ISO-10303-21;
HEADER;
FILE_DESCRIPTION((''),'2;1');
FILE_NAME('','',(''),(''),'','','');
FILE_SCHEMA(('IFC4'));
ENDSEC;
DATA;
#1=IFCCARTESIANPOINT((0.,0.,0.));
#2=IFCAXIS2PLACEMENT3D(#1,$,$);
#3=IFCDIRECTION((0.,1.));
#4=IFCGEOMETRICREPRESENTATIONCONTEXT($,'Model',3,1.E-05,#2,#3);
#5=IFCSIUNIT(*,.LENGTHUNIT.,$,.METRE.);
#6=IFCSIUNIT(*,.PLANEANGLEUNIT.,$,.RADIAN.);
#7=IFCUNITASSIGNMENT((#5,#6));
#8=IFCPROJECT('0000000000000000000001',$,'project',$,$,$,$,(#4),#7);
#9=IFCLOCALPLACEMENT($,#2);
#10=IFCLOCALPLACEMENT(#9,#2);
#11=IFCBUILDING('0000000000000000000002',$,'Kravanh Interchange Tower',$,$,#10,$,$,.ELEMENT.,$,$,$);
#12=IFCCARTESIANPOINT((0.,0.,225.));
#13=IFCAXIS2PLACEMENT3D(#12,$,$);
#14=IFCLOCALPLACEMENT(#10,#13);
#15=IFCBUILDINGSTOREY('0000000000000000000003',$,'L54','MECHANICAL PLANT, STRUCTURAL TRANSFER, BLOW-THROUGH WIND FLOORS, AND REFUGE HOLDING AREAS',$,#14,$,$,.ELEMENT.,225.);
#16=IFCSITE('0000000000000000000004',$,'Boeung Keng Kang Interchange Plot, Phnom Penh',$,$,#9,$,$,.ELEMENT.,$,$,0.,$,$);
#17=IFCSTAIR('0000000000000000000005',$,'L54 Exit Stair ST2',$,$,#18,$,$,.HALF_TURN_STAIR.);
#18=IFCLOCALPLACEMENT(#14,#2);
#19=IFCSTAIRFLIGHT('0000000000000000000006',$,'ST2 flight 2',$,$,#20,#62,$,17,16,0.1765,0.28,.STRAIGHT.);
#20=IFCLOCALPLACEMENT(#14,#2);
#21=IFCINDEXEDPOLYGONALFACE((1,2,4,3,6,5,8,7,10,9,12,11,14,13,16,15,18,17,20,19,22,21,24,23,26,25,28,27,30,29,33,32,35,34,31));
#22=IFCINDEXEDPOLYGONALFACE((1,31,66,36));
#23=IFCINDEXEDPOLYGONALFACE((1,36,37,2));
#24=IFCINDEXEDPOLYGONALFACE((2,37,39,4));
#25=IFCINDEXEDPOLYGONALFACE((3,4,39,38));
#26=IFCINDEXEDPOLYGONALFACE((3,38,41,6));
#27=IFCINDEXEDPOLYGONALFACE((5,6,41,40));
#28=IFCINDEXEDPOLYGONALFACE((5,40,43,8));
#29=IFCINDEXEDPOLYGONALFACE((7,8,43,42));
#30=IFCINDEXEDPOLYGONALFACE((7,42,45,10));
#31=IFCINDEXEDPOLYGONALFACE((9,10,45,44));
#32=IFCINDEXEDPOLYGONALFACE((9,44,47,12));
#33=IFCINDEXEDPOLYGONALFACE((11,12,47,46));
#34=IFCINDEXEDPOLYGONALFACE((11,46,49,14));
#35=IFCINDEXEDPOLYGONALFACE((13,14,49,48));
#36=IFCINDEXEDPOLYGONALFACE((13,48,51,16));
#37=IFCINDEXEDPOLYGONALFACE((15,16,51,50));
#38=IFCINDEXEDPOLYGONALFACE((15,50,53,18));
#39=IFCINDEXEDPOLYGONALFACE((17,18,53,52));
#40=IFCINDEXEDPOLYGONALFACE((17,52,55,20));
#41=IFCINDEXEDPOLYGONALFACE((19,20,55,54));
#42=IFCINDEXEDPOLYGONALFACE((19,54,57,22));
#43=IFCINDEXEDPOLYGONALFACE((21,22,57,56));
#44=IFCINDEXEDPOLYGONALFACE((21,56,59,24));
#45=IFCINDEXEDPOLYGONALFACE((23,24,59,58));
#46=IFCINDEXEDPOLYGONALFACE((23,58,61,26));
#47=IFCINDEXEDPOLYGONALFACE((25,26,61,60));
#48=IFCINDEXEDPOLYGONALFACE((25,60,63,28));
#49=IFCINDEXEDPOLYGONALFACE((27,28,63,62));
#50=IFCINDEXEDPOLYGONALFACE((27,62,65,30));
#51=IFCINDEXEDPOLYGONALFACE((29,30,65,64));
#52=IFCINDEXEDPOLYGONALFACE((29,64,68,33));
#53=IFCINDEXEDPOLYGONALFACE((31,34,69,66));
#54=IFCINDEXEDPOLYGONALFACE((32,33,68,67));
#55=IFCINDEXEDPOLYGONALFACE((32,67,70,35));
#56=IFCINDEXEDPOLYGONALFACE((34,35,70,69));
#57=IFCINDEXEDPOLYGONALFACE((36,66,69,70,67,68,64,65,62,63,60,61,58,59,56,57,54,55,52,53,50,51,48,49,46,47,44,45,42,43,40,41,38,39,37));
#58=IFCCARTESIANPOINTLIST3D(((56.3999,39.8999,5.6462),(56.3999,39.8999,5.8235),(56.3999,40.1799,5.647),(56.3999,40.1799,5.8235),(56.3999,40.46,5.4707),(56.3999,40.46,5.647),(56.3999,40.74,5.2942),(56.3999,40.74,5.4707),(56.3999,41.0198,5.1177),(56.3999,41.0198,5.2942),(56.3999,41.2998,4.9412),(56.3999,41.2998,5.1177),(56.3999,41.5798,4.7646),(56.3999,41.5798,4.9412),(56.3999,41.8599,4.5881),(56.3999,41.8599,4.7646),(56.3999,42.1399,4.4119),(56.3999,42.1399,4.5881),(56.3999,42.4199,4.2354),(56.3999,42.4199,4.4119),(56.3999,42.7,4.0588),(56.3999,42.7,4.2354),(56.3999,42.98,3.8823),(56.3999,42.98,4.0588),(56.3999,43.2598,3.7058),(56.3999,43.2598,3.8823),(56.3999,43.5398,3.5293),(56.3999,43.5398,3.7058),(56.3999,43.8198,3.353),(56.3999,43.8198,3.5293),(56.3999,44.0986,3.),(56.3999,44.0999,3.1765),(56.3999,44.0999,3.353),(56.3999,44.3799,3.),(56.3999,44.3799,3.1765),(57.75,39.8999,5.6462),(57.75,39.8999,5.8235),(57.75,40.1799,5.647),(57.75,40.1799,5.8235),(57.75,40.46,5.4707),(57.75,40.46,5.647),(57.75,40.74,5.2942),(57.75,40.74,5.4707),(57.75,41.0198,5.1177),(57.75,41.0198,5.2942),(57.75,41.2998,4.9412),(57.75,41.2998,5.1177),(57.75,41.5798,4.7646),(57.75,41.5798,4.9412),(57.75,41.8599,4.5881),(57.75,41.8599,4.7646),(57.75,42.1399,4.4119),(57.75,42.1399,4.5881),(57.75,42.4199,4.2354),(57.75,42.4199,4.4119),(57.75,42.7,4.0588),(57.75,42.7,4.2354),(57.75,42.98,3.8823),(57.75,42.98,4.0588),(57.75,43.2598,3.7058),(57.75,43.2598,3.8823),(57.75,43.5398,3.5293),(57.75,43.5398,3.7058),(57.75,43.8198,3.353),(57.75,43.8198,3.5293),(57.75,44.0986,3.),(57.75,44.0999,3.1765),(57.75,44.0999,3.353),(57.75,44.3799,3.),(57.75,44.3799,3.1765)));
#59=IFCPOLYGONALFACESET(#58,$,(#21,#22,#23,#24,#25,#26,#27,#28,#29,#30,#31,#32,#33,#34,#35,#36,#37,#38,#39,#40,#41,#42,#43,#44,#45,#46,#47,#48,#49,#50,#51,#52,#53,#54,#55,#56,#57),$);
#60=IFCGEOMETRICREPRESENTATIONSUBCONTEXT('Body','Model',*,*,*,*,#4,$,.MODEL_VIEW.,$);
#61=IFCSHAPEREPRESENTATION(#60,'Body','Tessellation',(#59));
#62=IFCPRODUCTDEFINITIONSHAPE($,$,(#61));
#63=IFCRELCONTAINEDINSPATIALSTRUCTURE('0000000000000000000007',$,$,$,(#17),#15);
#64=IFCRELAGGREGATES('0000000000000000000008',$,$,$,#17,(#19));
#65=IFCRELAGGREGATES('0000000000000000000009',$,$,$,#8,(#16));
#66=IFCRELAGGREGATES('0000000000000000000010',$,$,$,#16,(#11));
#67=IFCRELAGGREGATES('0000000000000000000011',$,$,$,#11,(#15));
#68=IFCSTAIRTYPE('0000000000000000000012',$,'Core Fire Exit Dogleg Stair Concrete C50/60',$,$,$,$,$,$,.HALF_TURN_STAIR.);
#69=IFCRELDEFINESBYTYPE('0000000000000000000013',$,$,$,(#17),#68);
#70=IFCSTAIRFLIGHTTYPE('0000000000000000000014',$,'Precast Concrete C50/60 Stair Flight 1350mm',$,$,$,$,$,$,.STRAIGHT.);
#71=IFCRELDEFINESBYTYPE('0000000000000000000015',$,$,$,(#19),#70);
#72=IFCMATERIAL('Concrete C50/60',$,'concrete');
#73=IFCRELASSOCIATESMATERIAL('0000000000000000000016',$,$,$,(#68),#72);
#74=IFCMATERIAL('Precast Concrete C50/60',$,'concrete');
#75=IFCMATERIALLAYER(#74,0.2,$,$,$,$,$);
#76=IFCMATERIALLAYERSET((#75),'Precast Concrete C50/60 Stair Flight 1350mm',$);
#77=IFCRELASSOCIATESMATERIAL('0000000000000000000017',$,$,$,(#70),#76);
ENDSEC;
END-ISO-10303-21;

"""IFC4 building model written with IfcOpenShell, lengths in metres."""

from ifc_helpers import new_model, si_unit, direction, frame, origin, place, context, subcontext, project, spatial, polyline, outline, extrude, material, layer, layer_set, type_object, element, aggregate, save


model = new_model("IFC4")

# Units and contexts
model_context = context("Model", 3, precision=1e-05, world=origin(), true_north=direction((0.0, 1.0)))
body_context = subcontext(model_context, "Body", "Model", "MODEL_VIEW")
ifc_project = project(units=[si_unit("LENGTHUNIT", "METRE"), si_unit("PLANEANGLEUNIT", "RADIAN")], contexts=[model_context])

# Site, building, storey
site_placement = place(None, origin())
site = spatial("IfcSite", under=ifc_project, at=site_placement, Name="Boeung Keng Kang Interchange Plot, Phnom Penh", CompositionType="ELEMENT", RefElevation=0.0)
building_placement = place(site_placement, origin())
building = spatial("IfcBuilding", under=site, at=building_placement, Name="Kravanh Interchange Tower", CompositionType="ELEMENT")
storey_placement = place(building_placement, frame((0.0, 0.0, 225.0)))
storey = spatial("IfcBuildingStorey", under=building, at=storey_placement, Name="L54", Description="MECHANICAL PLANT, STRUCTURAL TRANSFER, BLOW-THROUGH WIND FLOORS, AND REFUGE HOLDING AREAS", CompositionType="ELEMENT", Elevation=225.0)

# Stair, stair flight
ifc_material_1 = material(Name="Concrete C50/60", Category="concrete")
stair_type = type_object("IfcStairType", Name="Core Fire Exit Dogleg Stair Concrete C50/60", PredefinedType="HALF_TURN_STAIR", material=ifc_material_1)
ifc_material_2 = material(Name="Precast Concrete C50/60", Category="concrete")
ifc_layer_1 = layer(ifc_material_2, 0.2)
ifc_layer_set_1 = layer_set([ifc_layer_1], Name="Precast Concrete C50/60 Stair Flight 1350mm")
stair_flight_type = type_object("IfcStairFlightType", Name="Precast Concrete C50/60 Stair Flight 1350mm", PredefinedType="STRAIGHT", material=ifc_layer_set_1)
stair_1_placement = place(storey_placement, origin())
stair_1 = element("IfcStair", 1, at=stair_1_placement, inside=storey, type_object=stair_type, Name="L54 Exit Stair ST2", PredefinedType="HALF_TURN_STAIR")
stair_flight_1_placement = place(storey_placement, frame((57.075, 44.3799, 3.0), z_axis=(0.0, 0.0, 1.0), x_axis=(0.0, -1.0, 0.0)))
stair_flight_1 = element("IfcStairFlight", 2, at=stair_flight_1_placement, type_object=stair_flight_type, Name="ST2 flight 2", NumberOfRisers=17, NumberOfTreads=16, PredefinedType="STRAIGHT", RiserHeight=0.1765, TreadLength=0.28, context=body_context, shape_type="SweptSolid", body=[
    extrude(outline(polyline([(0.0, 0.0), (0.0, 0.1765), (0.28, 0.1765), (0.28, 0.353), (0.5601, 0.353), (0.5601, 0.5293), (0.8401, 0.5293), (0.8401, 0.7058), (1.1201, 0.7058), (1.1201, 0.8823), (1.3999, 0.8823), (1.3999, 1.0588), (1.6799, 1.0588), (1.6799, 1.2354), (1.96, 1.2354), (1.96, 1.4119), (2.24, 1.4119), (2.24, 1.5881), (2.52, 1.5881), (2.52, 1.7646), (2.8, 1.7646), (2.8, 1.9412), (3.0801, 1.9412), (3.0801, 2.1177), (3.3601, 2.1177), (3.3601, 2.2942), (3.6399, 2.2942), (3.6399, 2.4707), (3.9199, 2.4707), (3.9199, 2.647), (4.2, 2.647), (4.2, 2.8235), (4.48, 2.8235), (4.48, 3.0), (4.48, 2.6462), (0.2812, 0.0), (0.0, 0.0)])), frame((0.0, 0.675, 0.0), z_axis=(0.0, -1.0, 0.0), x_axis=(1.0, 0.0, 0.0)), (0.0, 0.0, 1.0), 1.3501),
])
aggregate(stair_1, [stair_flight_1])

save(model, "model.ifc")
